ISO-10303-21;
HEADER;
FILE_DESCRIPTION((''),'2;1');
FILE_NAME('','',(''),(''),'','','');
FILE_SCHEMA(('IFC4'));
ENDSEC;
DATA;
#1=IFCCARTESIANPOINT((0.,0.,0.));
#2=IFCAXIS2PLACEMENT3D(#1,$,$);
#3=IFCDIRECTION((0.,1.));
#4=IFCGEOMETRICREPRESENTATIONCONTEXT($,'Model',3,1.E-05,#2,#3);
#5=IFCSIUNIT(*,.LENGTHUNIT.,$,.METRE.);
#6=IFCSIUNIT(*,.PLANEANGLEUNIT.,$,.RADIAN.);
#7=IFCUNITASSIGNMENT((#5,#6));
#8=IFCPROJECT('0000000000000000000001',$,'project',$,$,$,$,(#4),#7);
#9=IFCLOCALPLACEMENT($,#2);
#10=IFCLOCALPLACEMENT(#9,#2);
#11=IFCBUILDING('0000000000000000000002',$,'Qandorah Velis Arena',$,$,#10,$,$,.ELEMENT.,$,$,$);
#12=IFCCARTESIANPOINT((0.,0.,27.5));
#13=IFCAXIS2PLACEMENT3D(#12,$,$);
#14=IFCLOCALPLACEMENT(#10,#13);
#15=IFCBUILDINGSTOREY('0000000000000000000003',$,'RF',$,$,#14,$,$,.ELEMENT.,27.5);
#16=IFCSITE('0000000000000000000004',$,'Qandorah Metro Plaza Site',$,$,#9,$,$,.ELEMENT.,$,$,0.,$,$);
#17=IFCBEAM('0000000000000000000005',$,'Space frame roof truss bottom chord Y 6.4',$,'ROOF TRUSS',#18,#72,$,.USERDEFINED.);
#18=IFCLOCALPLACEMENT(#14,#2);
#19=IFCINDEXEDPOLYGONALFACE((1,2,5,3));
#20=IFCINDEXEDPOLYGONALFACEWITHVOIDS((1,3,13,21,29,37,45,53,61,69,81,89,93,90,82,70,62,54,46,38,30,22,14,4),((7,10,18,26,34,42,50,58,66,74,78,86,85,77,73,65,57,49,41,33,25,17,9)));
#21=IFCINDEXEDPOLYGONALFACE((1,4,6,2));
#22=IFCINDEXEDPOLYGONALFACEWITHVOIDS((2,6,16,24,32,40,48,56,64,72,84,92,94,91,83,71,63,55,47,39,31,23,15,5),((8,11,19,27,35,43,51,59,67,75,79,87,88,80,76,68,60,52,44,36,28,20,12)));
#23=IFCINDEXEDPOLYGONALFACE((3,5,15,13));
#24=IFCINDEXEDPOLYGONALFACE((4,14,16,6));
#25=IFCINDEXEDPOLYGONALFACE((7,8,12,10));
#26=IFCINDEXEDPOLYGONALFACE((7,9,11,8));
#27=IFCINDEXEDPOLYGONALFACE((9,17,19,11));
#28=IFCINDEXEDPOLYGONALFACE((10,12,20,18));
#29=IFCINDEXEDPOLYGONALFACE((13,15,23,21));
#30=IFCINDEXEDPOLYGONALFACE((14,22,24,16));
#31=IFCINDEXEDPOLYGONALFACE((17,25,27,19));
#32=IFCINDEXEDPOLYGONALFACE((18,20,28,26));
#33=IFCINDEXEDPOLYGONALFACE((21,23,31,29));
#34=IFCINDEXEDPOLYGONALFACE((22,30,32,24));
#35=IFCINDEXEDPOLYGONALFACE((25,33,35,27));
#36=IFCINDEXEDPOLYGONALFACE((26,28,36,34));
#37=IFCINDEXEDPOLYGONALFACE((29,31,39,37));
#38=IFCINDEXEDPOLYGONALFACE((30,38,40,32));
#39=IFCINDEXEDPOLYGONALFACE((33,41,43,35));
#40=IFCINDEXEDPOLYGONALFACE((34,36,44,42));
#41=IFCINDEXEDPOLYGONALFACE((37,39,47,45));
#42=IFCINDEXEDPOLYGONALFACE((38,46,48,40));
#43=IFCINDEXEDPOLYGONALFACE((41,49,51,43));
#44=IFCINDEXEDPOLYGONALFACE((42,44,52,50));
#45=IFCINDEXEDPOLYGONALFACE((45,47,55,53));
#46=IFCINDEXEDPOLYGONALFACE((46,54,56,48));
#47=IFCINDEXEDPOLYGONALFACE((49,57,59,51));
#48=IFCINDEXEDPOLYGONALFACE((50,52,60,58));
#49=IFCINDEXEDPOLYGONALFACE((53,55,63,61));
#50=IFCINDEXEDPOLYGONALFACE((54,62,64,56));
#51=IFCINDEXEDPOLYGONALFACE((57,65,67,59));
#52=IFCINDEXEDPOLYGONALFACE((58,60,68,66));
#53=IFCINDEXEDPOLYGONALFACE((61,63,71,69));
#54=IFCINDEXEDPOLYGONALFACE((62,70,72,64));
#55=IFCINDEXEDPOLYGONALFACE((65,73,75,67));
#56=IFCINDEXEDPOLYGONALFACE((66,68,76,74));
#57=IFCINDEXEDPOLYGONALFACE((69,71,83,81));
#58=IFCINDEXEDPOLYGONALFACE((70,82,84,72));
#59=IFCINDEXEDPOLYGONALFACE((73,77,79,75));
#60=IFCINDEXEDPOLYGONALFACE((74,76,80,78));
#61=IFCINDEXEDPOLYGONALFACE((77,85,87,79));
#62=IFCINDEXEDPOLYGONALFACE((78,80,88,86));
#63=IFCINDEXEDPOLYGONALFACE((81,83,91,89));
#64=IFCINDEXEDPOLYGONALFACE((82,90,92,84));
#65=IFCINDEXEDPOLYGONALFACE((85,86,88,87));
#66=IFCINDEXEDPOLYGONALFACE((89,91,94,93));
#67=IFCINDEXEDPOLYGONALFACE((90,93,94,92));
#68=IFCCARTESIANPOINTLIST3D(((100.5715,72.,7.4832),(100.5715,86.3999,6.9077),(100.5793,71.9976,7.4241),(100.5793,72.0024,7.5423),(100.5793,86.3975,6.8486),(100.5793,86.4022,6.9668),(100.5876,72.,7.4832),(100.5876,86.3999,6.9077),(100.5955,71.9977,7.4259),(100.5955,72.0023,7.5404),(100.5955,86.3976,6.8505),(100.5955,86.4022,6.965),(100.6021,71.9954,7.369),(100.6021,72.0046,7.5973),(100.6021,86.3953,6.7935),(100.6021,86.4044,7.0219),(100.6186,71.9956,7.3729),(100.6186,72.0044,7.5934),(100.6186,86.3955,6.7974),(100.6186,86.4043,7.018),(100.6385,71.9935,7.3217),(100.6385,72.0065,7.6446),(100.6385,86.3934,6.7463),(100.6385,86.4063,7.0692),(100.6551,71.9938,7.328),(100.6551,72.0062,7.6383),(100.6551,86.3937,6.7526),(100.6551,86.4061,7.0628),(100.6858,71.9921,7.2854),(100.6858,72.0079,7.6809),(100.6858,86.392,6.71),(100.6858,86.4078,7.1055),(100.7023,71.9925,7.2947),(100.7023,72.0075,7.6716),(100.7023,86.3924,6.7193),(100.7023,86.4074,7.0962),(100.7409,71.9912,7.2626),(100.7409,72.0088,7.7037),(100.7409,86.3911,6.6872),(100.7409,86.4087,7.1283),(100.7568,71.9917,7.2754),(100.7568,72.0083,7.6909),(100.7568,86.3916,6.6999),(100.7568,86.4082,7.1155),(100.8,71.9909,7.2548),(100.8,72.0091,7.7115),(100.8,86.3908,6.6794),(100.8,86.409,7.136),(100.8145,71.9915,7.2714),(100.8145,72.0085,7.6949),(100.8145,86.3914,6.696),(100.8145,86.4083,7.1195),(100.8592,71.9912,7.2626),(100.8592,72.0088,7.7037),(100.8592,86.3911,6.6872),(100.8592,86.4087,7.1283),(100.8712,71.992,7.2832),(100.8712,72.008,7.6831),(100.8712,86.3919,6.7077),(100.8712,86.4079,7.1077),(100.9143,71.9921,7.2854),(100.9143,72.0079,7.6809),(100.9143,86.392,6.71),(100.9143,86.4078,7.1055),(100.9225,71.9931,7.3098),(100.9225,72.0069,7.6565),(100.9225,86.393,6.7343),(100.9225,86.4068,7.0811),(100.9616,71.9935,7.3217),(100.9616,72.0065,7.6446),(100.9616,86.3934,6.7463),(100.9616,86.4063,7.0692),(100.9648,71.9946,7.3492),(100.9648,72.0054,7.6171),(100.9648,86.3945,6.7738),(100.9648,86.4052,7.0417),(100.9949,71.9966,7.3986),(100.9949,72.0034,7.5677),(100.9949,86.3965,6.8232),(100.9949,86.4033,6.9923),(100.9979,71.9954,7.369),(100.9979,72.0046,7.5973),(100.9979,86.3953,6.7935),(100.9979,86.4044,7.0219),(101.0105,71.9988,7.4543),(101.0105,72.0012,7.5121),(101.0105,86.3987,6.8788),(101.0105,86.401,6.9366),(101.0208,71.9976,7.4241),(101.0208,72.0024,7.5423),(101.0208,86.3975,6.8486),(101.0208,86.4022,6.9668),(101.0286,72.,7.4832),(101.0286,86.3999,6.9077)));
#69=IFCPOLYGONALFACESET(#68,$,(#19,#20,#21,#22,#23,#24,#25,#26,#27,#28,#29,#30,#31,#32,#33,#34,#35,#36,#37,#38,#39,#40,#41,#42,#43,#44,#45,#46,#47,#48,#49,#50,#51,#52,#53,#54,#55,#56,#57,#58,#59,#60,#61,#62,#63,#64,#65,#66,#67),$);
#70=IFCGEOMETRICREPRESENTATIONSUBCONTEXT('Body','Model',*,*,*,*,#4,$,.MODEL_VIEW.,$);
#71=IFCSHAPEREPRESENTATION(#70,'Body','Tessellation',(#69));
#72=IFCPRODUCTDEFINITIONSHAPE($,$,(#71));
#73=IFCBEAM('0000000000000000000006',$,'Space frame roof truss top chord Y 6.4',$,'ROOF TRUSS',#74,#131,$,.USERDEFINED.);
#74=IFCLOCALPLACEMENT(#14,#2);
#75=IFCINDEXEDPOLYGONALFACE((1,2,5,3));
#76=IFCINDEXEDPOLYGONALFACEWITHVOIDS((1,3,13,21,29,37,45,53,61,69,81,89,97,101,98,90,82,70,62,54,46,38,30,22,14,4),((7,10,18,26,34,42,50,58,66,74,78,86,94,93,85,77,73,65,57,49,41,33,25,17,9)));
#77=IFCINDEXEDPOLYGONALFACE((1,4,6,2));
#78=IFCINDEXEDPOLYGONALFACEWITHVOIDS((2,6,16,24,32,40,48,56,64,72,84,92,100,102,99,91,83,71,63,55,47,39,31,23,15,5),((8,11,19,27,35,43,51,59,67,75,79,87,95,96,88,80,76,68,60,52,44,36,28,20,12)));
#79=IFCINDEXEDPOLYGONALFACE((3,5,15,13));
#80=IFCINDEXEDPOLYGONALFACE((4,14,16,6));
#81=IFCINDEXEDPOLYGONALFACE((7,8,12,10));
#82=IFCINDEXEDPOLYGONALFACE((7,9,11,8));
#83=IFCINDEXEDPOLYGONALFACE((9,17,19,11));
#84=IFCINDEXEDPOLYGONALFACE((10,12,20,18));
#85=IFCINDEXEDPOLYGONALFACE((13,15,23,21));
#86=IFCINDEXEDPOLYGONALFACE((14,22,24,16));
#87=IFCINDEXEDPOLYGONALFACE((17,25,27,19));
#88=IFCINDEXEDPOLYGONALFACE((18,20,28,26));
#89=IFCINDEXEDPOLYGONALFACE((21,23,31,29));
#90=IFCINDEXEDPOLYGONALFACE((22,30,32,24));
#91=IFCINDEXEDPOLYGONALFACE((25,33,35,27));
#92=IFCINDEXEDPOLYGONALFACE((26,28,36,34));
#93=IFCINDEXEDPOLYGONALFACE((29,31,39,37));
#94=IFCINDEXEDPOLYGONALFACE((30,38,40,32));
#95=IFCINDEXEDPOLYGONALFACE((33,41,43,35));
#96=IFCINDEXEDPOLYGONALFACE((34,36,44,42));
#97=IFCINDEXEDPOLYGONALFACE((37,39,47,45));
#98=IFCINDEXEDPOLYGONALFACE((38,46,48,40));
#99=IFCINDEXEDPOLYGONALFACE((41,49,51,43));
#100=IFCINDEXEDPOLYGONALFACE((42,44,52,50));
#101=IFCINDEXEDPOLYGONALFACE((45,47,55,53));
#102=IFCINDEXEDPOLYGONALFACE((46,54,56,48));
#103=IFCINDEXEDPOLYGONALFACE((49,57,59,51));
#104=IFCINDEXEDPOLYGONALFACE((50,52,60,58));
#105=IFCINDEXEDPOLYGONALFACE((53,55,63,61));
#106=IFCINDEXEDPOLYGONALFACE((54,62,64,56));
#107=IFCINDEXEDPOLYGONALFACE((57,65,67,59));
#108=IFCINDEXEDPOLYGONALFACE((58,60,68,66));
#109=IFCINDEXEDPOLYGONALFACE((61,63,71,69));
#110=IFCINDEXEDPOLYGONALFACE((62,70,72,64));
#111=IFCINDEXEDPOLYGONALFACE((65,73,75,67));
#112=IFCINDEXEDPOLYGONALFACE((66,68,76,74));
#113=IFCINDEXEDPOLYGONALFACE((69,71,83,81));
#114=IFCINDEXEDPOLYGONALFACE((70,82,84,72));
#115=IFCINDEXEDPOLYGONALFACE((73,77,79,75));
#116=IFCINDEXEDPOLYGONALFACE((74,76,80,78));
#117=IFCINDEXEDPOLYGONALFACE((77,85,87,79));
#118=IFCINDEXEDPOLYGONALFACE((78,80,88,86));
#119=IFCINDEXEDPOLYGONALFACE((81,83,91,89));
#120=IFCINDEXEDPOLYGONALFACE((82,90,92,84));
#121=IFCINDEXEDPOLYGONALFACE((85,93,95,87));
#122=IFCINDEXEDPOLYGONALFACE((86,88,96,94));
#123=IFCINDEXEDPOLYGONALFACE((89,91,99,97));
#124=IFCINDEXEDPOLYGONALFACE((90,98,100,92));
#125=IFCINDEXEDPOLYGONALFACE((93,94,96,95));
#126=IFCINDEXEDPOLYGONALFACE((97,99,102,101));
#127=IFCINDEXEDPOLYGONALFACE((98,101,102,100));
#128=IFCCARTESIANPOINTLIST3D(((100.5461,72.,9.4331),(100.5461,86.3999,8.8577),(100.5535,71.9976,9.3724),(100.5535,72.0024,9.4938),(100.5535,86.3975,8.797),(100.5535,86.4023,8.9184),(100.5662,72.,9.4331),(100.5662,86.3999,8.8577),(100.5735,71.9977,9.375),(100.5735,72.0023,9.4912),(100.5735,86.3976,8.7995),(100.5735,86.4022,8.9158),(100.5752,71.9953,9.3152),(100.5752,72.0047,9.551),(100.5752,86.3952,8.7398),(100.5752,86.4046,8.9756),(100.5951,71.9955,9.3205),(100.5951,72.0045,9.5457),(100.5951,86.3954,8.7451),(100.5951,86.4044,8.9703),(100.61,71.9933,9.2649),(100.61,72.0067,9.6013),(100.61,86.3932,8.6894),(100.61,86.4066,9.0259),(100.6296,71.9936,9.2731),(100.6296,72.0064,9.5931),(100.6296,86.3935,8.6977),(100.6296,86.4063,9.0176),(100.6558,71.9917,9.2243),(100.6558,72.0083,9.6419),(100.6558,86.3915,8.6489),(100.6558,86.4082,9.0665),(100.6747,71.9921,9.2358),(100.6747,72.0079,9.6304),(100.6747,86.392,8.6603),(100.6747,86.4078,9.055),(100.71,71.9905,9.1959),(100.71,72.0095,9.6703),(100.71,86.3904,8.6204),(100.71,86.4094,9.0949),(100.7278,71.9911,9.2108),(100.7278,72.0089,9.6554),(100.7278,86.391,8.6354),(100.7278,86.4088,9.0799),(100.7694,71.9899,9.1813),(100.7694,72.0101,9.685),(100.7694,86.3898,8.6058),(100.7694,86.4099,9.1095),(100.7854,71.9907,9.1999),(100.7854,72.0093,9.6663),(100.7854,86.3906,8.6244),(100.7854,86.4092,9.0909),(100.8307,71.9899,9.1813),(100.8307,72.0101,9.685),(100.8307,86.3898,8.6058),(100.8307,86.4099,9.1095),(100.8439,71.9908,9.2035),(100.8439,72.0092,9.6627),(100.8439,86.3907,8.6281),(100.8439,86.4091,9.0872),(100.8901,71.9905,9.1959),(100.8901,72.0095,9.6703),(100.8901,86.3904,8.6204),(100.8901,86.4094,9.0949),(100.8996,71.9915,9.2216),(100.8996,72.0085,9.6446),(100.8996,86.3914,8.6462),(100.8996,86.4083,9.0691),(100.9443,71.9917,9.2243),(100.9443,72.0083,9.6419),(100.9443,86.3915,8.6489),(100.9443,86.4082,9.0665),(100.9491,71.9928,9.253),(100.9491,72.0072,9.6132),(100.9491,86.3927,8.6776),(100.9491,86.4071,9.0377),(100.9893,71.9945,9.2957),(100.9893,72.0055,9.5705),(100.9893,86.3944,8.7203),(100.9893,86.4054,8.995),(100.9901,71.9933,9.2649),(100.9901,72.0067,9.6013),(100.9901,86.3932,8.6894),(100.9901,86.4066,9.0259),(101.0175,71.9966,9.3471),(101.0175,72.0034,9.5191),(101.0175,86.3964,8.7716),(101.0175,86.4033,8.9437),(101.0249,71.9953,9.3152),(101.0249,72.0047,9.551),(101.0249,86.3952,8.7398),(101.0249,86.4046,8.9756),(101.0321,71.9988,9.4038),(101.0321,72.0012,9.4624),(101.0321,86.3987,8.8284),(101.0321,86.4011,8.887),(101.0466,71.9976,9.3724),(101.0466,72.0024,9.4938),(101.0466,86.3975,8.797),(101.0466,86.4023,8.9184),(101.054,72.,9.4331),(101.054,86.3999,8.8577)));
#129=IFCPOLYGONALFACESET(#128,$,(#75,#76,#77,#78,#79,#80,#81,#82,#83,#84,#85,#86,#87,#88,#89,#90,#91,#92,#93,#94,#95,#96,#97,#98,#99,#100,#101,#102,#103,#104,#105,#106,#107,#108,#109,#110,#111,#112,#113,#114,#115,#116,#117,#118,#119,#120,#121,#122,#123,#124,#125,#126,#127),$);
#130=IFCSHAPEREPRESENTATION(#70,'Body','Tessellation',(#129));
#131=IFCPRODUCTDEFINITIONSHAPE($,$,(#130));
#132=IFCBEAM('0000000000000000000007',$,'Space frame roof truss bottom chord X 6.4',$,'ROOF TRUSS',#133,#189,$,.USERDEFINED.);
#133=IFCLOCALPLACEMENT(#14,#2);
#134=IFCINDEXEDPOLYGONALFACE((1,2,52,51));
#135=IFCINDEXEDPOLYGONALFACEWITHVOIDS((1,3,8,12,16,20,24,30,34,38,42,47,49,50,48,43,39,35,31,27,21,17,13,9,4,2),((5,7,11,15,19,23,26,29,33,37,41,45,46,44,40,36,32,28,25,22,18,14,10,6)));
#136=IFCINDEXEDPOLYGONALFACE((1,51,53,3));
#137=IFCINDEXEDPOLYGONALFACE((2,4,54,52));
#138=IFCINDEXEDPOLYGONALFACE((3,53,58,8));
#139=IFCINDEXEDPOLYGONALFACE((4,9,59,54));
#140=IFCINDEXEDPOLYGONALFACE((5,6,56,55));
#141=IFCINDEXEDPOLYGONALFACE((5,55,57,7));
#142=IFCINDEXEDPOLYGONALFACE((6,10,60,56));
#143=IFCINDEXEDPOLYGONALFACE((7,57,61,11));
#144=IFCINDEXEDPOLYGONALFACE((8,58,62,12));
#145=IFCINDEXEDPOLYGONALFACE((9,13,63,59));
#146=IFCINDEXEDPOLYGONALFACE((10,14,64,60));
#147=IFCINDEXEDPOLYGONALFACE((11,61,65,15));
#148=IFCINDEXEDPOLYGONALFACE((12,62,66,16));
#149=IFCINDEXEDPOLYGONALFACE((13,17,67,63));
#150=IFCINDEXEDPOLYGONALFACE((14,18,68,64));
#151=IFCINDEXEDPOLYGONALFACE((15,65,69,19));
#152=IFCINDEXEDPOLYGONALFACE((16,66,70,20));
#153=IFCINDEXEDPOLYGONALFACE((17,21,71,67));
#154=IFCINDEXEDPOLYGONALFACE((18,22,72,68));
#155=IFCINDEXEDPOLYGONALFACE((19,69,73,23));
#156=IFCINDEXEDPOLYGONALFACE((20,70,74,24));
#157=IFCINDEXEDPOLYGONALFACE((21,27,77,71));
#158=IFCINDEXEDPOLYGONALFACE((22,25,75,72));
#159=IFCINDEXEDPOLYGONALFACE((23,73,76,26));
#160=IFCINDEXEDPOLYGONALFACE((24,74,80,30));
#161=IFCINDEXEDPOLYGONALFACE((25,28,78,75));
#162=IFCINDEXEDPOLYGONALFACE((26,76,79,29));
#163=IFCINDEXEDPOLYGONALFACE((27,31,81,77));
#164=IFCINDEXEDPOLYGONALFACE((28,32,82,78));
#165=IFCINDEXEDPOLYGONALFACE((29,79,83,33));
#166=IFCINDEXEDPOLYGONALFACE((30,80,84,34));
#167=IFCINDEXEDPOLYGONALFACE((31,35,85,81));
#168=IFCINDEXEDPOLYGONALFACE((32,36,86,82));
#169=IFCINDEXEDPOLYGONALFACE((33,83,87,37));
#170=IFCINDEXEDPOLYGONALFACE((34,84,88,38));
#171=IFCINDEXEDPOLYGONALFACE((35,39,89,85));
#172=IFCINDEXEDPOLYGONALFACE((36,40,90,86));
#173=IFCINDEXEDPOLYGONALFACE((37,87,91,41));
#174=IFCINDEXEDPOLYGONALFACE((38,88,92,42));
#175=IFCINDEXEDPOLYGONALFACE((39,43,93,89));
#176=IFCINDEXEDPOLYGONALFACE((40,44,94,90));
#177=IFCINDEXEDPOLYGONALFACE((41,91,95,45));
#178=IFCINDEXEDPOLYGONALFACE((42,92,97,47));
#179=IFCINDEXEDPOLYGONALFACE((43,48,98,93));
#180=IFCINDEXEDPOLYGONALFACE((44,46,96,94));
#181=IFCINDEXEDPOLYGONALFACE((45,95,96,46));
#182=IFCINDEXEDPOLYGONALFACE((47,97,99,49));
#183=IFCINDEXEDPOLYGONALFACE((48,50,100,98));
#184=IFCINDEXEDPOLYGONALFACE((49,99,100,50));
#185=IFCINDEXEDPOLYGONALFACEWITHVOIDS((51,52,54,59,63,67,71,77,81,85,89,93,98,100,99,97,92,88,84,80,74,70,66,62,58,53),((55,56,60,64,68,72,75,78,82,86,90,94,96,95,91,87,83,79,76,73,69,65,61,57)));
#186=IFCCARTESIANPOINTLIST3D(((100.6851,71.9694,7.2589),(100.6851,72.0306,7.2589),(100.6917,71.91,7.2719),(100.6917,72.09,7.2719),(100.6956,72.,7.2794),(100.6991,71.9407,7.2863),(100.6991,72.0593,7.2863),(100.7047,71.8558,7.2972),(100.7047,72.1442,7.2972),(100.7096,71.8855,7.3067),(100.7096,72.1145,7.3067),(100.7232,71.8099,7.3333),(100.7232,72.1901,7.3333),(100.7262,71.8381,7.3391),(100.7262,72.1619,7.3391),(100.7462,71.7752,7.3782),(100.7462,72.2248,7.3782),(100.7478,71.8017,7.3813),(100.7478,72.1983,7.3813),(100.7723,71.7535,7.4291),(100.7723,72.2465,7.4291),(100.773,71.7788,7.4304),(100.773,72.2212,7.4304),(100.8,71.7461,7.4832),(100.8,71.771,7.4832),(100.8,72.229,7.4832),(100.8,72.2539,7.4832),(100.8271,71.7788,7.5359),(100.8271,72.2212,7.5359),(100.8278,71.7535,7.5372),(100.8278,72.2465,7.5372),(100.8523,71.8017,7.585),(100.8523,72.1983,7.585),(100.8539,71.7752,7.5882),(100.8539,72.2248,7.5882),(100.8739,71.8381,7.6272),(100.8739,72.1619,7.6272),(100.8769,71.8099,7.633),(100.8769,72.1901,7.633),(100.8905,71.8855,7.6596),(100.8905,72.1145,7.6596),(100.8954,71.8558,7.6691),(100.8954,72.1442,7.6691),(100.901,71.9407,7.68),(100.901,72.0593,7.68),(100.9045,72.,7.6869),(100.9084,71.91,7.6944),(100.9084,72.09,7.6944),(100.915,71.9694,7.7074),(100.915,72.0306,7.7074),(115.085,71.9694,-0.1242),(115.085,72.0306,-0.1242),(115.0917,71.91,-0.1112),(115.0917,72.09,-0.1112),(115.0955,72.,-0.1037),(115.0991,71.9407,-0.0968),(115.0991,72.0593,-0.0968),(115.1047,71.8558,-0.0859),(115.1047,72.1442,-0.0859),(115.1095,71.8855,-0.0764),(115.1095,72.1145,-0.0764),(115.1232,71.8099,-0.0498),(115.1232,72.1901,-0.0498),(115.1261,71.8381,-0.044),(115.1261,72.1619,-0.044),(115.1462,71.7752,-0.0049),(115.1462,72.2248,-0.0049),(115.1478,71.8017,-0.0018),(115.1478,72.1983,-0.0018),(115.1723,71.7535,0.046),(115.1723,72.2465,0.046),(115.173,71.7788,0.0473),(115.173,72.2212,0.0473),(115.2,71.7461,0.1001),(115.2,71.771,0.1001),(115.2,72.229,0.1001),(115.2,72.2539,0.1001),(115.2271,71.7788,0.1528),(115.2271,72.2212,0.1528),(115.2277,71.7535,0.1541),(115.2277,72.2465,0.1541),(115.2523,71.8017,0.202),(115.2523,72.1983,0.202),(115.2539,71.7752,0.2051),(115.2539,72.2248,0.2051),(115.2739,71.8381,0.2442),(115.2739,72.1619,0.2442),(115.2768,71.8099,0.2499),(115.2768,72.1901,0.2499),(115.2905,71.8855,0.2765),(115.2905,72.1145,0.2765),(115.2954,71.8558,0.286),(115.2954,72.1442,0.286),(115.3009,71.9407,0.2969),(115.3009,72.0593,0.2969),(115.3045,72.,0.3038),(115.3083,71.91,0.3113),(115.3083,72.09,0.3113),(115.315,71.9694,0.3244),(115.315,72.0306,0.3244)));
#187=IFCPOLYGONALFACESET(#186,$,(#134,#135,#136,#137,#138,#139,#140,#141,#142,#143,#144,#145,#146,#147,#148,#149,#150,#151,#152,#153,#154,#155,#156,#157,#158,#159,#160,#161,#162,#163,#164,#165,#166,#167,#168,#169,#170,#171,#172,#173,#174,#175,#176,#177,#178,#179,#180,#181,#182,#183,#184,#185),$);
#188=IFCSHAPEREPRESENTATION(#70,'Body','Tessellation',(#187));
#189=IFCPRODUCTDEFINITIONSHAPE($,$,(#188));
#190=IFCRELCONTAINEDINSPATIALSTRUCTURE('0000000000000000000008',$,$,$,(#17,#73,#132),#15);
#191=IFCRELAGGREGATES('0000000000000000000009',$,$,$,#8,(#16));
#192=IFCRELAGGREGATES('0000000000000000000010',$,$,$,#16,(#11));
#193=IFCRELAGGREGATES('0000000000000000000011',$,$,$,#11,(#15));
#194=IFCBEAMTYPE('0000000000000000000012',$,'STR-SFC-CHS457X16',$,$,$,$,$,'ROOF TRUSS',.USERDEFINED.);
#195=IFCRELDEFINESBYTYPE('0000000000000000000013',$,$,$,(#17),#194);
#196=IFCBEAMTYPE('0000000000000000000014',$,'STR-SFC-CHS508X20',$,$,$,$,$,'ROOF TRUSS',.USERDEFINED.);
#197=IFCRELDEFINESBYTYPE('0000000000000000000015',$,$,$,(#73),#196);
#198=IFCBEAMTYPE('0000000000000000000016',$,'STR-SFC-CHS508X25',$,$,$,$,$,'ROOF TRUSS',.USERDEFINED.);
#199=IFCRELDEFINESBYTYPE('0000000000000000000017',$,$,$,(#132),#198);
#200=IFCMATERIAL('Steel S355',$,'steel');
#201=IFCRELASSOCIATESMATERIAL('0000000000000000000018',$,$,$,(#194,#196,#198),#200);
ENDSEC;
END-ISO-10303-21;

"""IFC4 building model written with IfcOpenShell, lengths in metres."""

from ifc_helpers import new_model, si_unit, direction, frame, origin, origin_2d, place, context, subcontext, project, spatial, hollow_circle, extrude, material, material_profile, profile_set, type_object, element, save


model = new_model("IFC4")

# Units and contexts
model_context = context("Model", 3, precision=1e-05, world=origin(), true_north=direction((0.0, 1.0)))
body_context = subcontext(model_context, "Body", "Model", "MODEL_VIEW")
ifc_project = project(units=[si_unit("LENGTHUNIT", "METRE"), si_unit("PLANEANGLEUNIT", "RADIAN")], contexts=[model_context])

# Site, building, storey
site_placement = place(None, origin())
site = spatial("IfcSite", under=ifc_project, at=site_placement, Name="Qandorah Metro Plaza Site", CompositionType="ELEMENT", RefElevation=0.0)
building_placement = place(site_placement, origin())
building = spatial("IfcBuilding", under=site, at=building_placement, Name="Qandorah Velis Arena", CompositionType="ELEMENT")
storey_placement = place(building_placement, frame((0.0, 0.0, 27.5)))
storey = spatial("IfcBuildingStorey", under=building, at=storey_placement, Name="RF", CompositionType="ELEMENT", Elevation=27.5)

# Beams
ifc_material_1 = material(Name="Steel S355", Category="steel")
ifc_material_profile_1 = material_profile(ifc_material_1, hollow_circle(Radius=0.2285, WallThickness=0.0161, at=origin_2d()), Name="CHS 457x16")
ifc_profile_set_1 = profile_set([ifc_material_profile_1], Name="Steel S355")
beam_type_1 = type_object("IfcBeamType", Name="STR-SFC-CHS457X16", ElementType="ROOF TRUSS", PredefinedType="USERDEFINED", material=ifc_profile_set_1)
beam_1_placement = place(storey_placement, frame((100.8, 72.0, 7.4832), z_axis=(0.0, 0.999203, -0.039929), x_axis=(-1.0, 0.0, 0.0)))
element("IfcBeam", 1, at=beam_1_placement, inside=storey, type_object=beam_type_1, Name="Space frame roof truss bottom chord Y 6.4", ObjectType="ROOF TRUSS", PredefinedType="USERDEFINED", context=body_context, shape_type="SweptSolid", body=[
    extrude(hollow_circle(Radius=0.2285, WallThickness=0.0161, at=origin_2d()), origin(), (0.0, 0.0, 1.0), 14.4114),
])
ifc_material_profile_2 = material_profile(ifc_material_1, hollow_circle(Radius=0.2539, WallThickness=0.02, at=origin_2d()), Name="CHS 508x20")
ifc_profile_set_2 = profile_set([ifc_material_profile_2], Name="Steel S355")
beam_type_2 = type_object("IfcBeamType", Name="STR-SFC-CHS508X20", ElementType="ROOF TRUSS", PredefinedType="USERDEFINED", material=ifc_profile_set_2)
beam_2_placement = place(storey_placement, frame((100.8, 72.0, 9.4331), z_axis=(0.0, 0.999203, -0.039929), x_axis=(-1.0, 0.0, 0.0)))
element("IfcBeam", 2, at=beam_2_placement, inside=storey, type_object=beam_type_2, Name="Space frame roof truss top chord Y 6.4", ObjectType="ROOF TRUSS", PredefinedType="USERDEFINED", context=body_context, shape_type="SweptSolid", body=[
    extrude(hollow_circle(Radius=0.2539, WallThickness=0.02, at=origin_2d()), origin(), (0.0, 0.0, 1.0), 14.4114),
])
ifc_material_profile_3 = material_profile(ifc_material_1, hollow_circle(Radius=0.2539, WallThickness=0.0249, at=origin_2d()), Name="CHS 508x25")
ifc_profile_set_3 = profile_set([ifc_material_profile_3], Name="Steel S355")
beam_type_3 = type_object("IfcBeamType", Name="STR-SFC-CHS508X25", ElementType="ROOF TRUSS", PredefinedType="USERDEFINED", material=ifc_profile_set_3)
beam_3_placement = place(storey_placement, frame((100.8, 72.0, 7.4832), z_axis=(0.889855, 0.0, -0.456243), x_axis=(0.0, 1.0, 0.0)))
element("IfcBeam", 3, at=beam_3_placement, inside=storey, type_object=beam_type_3, Name="Space frame roof truss bottom chord X 6.4", ObjectType="ROOF TRUSS", PredefinedType="USERDEFINED", context=body_context, shape_type="SweptSolid", body=[
    extrude(hollow_circle(Radius=0.2539, WallThickness=0.0249, at=origin_2d()), origin(), (0.0, 0.0, 1.0), 16.1824),
])

save(model, "model.ifc")
